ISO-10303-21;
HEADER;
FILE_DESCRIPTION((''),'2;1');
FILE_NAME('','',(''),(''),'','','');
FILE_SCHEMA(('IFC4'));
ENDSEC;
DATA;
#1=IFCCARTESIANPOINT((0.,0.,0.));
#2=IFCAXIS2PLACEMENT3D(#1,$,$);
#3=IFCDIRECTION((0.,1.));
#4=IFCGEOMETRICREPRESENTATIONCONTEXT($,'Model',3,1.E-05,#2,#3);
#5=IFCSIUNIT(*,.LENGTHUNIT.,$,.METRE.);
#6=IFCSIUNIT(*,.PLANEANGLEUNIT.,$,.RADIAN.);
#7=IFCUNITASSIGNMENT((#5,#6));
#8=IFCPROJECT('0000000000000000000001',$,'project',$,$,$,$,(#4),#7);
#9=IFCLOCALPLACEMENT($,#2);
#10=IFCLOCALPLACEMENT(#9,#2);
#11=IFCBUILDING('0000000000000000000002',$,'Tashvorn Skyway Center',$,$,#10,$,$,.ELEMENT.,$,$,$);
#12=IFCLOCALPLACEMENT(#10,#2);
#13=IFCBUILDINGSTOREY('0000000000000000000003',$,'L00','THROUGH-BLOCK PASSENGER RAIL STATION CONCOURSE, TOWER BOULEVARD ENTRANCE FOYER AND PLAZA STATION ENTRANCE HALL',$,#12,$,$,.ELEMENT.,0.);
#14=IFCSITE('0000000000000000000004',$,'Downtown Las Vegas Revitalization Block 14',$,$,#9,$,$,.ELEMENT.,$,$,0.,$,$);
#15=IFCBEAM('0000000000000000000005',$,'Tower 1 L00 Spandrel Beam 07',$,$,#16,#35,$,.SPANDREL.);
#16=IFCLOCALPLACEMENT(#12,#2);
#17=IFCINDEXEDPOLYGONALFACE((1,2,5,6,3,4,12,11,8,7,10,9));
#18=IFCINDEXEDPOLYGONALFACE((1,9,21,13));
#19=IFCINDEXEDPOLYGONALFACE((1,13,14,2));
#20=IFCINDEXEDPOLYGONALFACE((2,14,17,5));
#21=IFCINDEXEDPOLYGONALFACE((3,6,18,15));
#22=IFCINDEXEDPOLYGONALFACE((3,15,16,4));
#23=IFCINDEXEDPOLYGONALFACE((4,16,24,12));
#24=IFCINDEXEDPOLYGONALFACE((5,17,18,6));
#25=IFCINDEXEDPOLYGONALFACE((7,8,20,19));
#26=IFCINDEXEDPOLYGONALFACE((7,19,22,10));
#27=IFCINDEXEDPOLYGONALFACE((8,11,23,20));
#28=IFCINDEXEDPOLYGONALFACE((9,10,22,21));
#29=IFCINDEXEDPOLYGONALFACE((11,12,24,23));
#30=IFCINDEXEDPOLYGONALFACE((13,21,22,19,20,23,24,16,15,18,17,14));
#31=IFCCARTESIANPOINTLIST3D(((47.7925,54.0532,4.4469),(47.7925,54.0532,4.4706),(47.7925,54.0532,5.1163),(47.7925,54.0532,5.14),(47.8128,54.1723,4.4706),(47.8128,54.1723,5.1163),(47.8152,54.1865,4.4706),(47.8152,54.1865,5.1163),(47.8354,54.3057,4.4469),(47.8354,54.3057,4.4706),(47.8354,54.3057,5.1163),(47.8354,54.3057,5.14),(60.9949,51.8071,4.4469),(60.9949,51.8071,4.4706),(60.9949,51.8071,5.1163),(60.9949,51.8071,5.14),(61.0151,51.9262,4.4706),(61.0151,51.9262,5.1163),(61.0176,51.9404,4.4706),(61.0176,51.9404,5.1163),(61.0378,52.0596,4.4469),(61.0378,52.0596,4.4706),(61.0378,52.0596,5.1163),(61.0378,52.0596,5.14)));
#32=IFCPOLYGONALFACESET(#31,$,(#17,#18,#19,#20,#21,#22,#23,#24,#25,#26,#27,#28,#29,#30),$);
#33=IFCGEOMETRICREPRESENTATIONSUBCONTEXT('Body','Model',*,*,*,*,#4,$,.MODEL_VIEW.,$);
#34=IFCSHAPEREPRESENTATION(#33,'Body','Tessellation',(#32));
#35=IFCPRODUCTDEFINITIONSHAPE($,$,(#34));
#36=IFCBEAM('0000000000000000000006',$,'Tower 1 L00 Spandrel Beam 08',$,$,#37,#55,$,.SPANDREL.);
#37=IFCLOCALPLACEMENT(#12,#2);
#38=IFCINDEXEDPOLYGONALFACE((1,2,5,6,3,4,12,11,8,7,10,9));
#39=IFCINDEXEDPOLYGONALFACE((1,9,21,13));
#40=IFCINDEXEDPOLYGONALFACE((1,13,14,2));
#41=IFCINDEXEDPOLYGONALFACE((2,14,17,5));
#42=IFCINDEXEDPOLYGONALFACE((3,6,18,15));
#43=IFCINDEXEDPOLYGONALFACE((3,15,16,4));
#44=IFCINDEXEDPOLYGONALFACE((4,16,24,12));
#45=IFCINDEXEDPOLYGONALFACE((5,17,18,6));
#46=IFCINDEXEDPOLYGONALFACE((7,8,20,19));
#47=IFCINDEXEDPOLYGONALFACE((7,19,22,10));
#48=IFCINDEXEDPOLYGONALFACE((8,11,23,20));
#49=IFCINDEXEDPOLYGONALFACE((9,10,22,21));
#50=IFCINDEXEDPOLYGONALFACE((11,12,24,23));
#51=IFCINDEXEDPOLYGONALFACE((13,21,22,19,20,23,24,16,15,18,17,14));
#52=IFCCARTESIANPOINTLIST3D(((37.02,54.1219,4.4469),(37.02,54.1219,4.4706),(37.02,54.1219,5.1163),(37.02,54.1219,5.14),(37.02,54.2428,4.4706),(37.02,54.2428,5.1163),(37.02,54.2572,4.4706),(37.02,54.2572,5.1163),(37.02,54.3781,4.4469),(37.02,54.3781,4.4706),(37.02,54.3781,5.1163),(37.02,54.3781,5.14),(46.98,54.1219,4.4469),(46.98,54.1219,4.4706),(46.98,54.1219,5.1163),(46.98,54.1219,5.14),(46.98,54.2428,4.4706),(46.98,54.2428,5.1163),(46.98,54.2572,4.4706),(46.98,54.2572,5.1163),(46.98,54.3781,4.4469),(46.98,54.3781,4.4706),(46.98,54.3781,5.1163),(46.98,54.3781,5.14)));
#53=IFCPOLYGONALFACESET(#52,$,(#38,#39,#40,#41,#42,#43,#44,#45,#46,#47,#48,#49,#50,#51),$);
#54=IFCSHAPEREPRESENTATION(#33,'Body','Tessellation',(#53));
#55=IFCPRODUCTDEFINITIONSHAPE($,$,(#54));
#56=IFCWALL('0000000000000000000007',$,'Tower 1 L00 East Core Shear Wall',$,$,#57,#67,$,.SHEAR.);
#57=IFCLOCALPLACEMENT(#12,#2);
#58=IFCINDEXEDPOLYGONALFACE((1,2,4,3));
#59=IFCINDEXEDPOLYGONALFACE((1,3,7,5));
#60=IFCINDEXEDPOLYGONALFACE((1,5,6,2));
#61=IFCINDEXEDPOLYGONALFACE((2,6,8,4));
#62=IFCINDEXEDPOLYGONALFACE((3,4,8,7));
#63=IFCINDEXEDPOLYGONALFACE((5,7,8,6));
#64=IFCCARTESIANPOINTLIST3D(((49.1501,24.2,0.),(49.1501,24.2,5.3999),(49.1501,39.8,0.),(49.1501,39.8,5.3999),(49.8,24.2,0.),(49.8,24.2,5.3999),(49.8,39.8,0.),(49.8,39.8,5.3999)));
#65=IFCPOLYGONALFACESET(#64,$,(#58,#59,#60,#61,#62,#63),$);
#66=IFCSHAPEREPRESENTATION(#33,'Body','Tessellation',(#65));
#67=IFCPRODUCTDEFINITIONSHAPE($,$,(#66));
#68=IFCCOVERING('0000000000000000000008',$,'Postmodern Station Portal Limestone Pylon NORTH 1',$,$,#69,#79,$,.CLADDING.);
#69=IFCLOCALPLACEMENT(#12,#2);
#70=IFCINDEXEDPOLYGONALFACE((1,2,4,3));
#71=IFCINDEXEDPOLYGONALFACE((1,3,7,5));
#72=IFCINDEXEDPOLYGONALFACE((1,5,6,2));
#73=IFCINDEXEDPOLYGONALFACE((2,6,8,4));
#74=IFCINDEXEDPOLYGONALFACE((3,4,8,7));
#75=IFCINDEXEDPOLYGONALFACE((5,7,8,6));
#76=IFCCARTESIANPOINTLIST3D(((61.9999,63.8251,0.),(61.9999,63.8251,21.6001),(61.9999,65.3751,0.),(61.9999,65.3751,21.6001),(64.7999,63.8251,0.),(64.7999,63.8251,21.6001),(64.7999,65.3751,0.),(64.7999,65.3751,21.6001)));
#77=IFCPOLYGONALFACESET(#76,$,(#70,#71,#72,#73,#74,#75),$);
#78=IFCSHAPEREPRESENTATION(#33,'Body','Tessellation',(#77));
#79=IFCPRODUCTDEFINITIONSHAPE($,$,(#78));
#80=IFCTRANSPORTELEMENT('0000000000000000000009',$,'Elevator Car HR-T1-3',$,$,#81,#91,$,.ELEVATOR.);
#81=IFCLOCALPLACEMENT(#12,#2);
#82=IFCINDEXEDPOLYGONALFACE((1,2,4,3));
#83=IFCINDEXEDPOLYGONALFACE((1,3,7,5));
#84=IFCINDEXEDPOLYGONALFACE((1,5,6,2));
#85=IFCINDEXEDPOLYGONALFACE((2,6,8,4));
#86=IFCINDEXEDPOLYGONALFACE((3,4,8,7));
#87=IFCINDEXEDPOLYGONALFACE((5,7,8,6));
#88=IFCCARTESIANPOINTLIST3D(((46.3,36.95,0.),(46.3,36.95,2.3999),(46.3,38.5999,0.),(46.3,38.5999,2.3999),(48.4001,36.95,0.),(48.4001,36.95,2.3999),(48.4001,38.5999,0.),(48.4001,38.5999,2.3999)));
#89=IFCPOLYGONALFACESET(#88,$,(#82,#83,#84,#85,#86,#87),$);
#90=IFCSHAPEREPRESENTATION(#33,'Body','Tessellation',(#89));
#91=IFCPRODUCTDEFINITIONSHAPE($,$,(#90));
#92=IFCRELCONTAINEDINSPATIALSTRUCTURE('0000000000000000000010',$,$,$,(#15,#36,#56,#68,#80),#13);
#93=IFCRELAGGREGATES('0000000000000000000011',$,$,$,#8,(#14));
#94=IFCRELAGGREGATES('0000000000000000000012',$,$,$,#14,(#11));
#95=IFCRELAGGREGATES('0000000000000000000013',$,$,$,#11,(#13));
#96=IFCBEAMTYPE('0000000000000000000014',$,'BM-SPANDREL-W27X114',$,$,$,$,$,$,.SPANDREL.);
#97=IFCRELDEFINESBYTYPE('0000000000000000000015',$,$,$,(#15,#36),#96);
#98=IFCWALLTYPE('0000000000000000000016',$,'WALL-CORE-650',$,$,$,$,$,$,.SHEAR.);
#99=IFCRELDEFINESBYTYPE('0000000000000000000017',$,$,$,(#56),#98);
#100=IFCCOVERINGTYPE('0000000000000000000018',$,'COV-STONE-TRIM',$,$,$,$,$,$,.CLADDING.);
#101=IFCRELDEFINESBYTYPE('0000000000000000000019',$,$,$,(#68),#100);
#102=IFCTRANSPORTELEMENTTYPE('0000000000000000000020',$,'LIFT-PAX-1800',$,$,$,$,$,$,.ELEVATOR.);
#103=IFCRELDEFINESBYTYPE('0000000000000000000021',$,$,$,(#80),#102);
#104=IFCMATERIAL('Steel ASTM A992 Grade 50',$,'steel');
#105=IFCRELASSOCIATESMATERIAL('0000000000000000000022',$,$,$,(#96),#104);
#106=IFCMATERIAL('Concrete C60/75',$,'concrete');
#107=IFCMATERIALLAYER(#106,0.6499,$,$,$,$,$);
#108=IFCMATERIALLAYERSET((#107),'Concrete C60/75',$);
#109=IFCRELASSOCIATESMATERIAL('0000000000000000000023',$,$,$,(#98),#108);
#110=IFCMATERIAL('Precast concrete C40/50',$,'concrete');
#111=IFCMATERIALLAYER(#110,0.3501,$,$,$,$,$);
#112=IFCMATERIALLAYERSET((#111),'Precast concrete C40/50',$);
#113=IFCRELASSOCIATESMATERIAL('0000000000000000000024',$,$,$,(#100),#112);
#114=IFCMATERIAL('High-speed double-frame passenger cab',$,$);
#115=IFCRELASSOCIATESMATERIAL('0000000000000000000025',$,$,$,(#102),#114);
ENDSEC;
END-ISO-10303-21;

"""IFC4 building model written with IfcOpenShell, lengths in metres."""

from ifc_helpers import new_model, si_unit, direction, frame, frame_2d, origin, origin_2d, place, context, subcontext, project, spatial, rectangle, i_section, extrude, material, layer, layer_set, material_profile, profile_set, type_object, element, save


model = new_model("IFC4")

# Units and contexts
model_context = context("Model", 3, precision=1e-05, world=origin(), true_north=direction((0.0, 1.0)))
body_context = subcontext(model_context, "Body", "Model", "MODEL_VIEW")
ifc_project = project(units=[si_unit("LENGTHUNIT", "METRE"), si_unit("PLANEANGLEUNIT", "RADIAN")], contexts=[model_context])

# Site, building, storey
site_placement = place(None, origin())
site = spatial("IfcSite", under=ifc_project, at=site_placement, Name="Downtown Las Vegas Revitalization Block 14", CompositionType="ELEMENT", RefElevation=0.0)
building_placement = place(site_placement, origin())
building = spatial("IfcBuilding", under=site, at=building_placement, Name="Tashvorn Skyway Center", CompositionType="ELEMENT")
storey_placement = place(building_placement, origin())
storey = spatial("IfcBuildingStorey", under=building, at=storey_placement, Name="L00", Description="THROUGH-BLOCK PASSENGER RAIL STATION CONCOURSE, TOWER BOULEVARD ENTRANCE FOYER AND PLAZA STATION ENTRANCE HALL", CompositionType="ELEMENT", Elevation=0.0)

# Shared definitions
ifc_material_1 = material(Name="Precast concrete C40/50", Category="concrete")

# Beams
ifc_material_2 = material(Name="Steel ASTM A992 Grade 50", Category="steel")
ifc_material_profile_1 = material_profile(ifc_material_2, i_section(OverallWidth=0.2561, OverallDepth=0.6931, WebThickness=0.0144, FlangeThickness=0.0237, at=origin_2d()), Name="W27X114")
ifc_profile_set_1 = profile_set([ifc_material_profile_1], Name="Steel ASTM A992 Grade 50")
beam_type_1 = type_object("IfcBeamType", Name="BM-SPANDREL-W27X114", PredefinedType="SPANDREL", material=ifc_profile_set_1)
for number, where, z_axis, x_axis, name in (
    (1, (61.0164, 51.9333, 4.7935), (-0.985835, 0.167718, 0.0), (-0.167718, -0.985835, 0.0), "Tower 1 L00 Spandrel Beam 07"),
):
    element("IfcBeam", number, at=place(storey_placement, frame(where, z_axis=z_axis, x_axis=x_axis)), inside=storey, type_object=beam_type_1, Name=name, PredefinedType="SPANDREL", context=body_context, shape_type="SweptSolid", body=[
        extrude(i_section(OverallWidth=0.2561, OverallDepth=0.6931, WebThickness=0.0144, FlangeThickness=0.0237, at=origin_2d()), origin(), (0.0, 0.0, 1.0), 13.3921),
    ])
beam_1_placement = place(storey_placement, frame((46.98, 54.25, 4.7935), z_axis=(-1.0, 0.0, 0.0), x_axis=(0.0, -1.0, 0.0)))
element("IfcBeam", 2, at=beam_1_placement, inside=storey, type_object=beam_type_1, Name="Tower 1 L00 Spandrel Beam 08", PredefinedType="SPANDREL", context=body_context, shape_type="SweptSolid", body=[
    extrude(i_section(OverallWidth=0.2561, OverallDepth=0.6931, WebThickness=0.0144, FlangeThickness=0.0237, at=origin_2d()), origin(), (0.0, 0.0, 1.0), 9.96),
])

# Wall
ifc_material_3 = material(Name="Concrete C60/75", Category="concrete")
ifc_layer_1 = layer(ifc_material_3, 0.6499)
ifc_layer_set_1 = layer_set([ifc_layer_1], Name="Concrete C60/75")
wall_type = type_object("IfcWallType", Name="WALL-CORE-650", PredefinedType="SHEAR", material=ifc_layer_set_1)
wall_placement = place(storey_placement, frame((49.4751, 39.8, 0.0), z_axis=(0.0, 0.0, 1.0), x_axis=(0.0, -1.0, 0.0)))
element("IfcWall", 3, at=wall_placement, inside=storey, type_object=wall_type, Name="Tower 1 L00 East Core Shear Wall", PredefinedType="SHEAR", context=body_context, shape_type="SweptSolid", body=[
    extrude(rectangle(XDim=15.6001, YDim=0.6499, at=frame_2d((7.8, 0.0))), origin(), (0.0, 0.0, 1.0), 5.3999),
])

# Covering
ifc_layer_2 = layer(ifc_material_1, 0.3501)
ifc_layer_set_2 = layer_set([ifc_layer_2], Name="Precast concrete C40/50")
covering_type = type_object("IfcCoveringType", Name="COV-STONE-TRIM", PredefinedType="CLADDING", material=ifc_layer_set_2)
covering_placement = place(storey_placement, frame((63.3999, 64.6001, 0.0), z_axis=(0.0, 0.0, 1.0), x_axis=(1.0, 0.0, 0.0)))
element("IfcCovering", 4, at=covering_placement, inside=storey, type_object=covering_type, Name="Postmodern Station Portal Limestone Pylon NORTH 1", PredefinedType="CLADDING", context=body_context, shape_type="SweptSolid", body=[
    extrude(rectangle(XDim=2.8, YDim=1.55, at=origin_2d()), origin(), (0.0, 0.0, 1.0), 21.6001),
])

# Transport element
ifc_material_4 = material(Name="High-speed double-frame passenger cab")
transport_element_type = type_object("IfcTransportElementType", Name="LIFT-PAX-1800", PredefinedType="ELEVATOR", material=ifc_material_4)
transport_element_placement = place(storey_placement, frame((47.3501, 37.7749, 0.0), z_axis=(0.0, 0.0, 1.0), x_axis=(1.0, 0.0, 0.0)))
element("IfcTransportElement", 5, at=transport_element_placement, inside=storey, type_object=transport_element_type, Name="Elevator Car HR-T1-3", PredefinedType="ELEVATOR", context=body_context, shape_type="SweptSolid", body=[
    extrude(rectangle(XDim=2.1001, YDim=1.6499, at=origin_2d()), origin(), (0.0, 0.0, 1.0), 2.3999),
])

save(model, "model.ifc")
